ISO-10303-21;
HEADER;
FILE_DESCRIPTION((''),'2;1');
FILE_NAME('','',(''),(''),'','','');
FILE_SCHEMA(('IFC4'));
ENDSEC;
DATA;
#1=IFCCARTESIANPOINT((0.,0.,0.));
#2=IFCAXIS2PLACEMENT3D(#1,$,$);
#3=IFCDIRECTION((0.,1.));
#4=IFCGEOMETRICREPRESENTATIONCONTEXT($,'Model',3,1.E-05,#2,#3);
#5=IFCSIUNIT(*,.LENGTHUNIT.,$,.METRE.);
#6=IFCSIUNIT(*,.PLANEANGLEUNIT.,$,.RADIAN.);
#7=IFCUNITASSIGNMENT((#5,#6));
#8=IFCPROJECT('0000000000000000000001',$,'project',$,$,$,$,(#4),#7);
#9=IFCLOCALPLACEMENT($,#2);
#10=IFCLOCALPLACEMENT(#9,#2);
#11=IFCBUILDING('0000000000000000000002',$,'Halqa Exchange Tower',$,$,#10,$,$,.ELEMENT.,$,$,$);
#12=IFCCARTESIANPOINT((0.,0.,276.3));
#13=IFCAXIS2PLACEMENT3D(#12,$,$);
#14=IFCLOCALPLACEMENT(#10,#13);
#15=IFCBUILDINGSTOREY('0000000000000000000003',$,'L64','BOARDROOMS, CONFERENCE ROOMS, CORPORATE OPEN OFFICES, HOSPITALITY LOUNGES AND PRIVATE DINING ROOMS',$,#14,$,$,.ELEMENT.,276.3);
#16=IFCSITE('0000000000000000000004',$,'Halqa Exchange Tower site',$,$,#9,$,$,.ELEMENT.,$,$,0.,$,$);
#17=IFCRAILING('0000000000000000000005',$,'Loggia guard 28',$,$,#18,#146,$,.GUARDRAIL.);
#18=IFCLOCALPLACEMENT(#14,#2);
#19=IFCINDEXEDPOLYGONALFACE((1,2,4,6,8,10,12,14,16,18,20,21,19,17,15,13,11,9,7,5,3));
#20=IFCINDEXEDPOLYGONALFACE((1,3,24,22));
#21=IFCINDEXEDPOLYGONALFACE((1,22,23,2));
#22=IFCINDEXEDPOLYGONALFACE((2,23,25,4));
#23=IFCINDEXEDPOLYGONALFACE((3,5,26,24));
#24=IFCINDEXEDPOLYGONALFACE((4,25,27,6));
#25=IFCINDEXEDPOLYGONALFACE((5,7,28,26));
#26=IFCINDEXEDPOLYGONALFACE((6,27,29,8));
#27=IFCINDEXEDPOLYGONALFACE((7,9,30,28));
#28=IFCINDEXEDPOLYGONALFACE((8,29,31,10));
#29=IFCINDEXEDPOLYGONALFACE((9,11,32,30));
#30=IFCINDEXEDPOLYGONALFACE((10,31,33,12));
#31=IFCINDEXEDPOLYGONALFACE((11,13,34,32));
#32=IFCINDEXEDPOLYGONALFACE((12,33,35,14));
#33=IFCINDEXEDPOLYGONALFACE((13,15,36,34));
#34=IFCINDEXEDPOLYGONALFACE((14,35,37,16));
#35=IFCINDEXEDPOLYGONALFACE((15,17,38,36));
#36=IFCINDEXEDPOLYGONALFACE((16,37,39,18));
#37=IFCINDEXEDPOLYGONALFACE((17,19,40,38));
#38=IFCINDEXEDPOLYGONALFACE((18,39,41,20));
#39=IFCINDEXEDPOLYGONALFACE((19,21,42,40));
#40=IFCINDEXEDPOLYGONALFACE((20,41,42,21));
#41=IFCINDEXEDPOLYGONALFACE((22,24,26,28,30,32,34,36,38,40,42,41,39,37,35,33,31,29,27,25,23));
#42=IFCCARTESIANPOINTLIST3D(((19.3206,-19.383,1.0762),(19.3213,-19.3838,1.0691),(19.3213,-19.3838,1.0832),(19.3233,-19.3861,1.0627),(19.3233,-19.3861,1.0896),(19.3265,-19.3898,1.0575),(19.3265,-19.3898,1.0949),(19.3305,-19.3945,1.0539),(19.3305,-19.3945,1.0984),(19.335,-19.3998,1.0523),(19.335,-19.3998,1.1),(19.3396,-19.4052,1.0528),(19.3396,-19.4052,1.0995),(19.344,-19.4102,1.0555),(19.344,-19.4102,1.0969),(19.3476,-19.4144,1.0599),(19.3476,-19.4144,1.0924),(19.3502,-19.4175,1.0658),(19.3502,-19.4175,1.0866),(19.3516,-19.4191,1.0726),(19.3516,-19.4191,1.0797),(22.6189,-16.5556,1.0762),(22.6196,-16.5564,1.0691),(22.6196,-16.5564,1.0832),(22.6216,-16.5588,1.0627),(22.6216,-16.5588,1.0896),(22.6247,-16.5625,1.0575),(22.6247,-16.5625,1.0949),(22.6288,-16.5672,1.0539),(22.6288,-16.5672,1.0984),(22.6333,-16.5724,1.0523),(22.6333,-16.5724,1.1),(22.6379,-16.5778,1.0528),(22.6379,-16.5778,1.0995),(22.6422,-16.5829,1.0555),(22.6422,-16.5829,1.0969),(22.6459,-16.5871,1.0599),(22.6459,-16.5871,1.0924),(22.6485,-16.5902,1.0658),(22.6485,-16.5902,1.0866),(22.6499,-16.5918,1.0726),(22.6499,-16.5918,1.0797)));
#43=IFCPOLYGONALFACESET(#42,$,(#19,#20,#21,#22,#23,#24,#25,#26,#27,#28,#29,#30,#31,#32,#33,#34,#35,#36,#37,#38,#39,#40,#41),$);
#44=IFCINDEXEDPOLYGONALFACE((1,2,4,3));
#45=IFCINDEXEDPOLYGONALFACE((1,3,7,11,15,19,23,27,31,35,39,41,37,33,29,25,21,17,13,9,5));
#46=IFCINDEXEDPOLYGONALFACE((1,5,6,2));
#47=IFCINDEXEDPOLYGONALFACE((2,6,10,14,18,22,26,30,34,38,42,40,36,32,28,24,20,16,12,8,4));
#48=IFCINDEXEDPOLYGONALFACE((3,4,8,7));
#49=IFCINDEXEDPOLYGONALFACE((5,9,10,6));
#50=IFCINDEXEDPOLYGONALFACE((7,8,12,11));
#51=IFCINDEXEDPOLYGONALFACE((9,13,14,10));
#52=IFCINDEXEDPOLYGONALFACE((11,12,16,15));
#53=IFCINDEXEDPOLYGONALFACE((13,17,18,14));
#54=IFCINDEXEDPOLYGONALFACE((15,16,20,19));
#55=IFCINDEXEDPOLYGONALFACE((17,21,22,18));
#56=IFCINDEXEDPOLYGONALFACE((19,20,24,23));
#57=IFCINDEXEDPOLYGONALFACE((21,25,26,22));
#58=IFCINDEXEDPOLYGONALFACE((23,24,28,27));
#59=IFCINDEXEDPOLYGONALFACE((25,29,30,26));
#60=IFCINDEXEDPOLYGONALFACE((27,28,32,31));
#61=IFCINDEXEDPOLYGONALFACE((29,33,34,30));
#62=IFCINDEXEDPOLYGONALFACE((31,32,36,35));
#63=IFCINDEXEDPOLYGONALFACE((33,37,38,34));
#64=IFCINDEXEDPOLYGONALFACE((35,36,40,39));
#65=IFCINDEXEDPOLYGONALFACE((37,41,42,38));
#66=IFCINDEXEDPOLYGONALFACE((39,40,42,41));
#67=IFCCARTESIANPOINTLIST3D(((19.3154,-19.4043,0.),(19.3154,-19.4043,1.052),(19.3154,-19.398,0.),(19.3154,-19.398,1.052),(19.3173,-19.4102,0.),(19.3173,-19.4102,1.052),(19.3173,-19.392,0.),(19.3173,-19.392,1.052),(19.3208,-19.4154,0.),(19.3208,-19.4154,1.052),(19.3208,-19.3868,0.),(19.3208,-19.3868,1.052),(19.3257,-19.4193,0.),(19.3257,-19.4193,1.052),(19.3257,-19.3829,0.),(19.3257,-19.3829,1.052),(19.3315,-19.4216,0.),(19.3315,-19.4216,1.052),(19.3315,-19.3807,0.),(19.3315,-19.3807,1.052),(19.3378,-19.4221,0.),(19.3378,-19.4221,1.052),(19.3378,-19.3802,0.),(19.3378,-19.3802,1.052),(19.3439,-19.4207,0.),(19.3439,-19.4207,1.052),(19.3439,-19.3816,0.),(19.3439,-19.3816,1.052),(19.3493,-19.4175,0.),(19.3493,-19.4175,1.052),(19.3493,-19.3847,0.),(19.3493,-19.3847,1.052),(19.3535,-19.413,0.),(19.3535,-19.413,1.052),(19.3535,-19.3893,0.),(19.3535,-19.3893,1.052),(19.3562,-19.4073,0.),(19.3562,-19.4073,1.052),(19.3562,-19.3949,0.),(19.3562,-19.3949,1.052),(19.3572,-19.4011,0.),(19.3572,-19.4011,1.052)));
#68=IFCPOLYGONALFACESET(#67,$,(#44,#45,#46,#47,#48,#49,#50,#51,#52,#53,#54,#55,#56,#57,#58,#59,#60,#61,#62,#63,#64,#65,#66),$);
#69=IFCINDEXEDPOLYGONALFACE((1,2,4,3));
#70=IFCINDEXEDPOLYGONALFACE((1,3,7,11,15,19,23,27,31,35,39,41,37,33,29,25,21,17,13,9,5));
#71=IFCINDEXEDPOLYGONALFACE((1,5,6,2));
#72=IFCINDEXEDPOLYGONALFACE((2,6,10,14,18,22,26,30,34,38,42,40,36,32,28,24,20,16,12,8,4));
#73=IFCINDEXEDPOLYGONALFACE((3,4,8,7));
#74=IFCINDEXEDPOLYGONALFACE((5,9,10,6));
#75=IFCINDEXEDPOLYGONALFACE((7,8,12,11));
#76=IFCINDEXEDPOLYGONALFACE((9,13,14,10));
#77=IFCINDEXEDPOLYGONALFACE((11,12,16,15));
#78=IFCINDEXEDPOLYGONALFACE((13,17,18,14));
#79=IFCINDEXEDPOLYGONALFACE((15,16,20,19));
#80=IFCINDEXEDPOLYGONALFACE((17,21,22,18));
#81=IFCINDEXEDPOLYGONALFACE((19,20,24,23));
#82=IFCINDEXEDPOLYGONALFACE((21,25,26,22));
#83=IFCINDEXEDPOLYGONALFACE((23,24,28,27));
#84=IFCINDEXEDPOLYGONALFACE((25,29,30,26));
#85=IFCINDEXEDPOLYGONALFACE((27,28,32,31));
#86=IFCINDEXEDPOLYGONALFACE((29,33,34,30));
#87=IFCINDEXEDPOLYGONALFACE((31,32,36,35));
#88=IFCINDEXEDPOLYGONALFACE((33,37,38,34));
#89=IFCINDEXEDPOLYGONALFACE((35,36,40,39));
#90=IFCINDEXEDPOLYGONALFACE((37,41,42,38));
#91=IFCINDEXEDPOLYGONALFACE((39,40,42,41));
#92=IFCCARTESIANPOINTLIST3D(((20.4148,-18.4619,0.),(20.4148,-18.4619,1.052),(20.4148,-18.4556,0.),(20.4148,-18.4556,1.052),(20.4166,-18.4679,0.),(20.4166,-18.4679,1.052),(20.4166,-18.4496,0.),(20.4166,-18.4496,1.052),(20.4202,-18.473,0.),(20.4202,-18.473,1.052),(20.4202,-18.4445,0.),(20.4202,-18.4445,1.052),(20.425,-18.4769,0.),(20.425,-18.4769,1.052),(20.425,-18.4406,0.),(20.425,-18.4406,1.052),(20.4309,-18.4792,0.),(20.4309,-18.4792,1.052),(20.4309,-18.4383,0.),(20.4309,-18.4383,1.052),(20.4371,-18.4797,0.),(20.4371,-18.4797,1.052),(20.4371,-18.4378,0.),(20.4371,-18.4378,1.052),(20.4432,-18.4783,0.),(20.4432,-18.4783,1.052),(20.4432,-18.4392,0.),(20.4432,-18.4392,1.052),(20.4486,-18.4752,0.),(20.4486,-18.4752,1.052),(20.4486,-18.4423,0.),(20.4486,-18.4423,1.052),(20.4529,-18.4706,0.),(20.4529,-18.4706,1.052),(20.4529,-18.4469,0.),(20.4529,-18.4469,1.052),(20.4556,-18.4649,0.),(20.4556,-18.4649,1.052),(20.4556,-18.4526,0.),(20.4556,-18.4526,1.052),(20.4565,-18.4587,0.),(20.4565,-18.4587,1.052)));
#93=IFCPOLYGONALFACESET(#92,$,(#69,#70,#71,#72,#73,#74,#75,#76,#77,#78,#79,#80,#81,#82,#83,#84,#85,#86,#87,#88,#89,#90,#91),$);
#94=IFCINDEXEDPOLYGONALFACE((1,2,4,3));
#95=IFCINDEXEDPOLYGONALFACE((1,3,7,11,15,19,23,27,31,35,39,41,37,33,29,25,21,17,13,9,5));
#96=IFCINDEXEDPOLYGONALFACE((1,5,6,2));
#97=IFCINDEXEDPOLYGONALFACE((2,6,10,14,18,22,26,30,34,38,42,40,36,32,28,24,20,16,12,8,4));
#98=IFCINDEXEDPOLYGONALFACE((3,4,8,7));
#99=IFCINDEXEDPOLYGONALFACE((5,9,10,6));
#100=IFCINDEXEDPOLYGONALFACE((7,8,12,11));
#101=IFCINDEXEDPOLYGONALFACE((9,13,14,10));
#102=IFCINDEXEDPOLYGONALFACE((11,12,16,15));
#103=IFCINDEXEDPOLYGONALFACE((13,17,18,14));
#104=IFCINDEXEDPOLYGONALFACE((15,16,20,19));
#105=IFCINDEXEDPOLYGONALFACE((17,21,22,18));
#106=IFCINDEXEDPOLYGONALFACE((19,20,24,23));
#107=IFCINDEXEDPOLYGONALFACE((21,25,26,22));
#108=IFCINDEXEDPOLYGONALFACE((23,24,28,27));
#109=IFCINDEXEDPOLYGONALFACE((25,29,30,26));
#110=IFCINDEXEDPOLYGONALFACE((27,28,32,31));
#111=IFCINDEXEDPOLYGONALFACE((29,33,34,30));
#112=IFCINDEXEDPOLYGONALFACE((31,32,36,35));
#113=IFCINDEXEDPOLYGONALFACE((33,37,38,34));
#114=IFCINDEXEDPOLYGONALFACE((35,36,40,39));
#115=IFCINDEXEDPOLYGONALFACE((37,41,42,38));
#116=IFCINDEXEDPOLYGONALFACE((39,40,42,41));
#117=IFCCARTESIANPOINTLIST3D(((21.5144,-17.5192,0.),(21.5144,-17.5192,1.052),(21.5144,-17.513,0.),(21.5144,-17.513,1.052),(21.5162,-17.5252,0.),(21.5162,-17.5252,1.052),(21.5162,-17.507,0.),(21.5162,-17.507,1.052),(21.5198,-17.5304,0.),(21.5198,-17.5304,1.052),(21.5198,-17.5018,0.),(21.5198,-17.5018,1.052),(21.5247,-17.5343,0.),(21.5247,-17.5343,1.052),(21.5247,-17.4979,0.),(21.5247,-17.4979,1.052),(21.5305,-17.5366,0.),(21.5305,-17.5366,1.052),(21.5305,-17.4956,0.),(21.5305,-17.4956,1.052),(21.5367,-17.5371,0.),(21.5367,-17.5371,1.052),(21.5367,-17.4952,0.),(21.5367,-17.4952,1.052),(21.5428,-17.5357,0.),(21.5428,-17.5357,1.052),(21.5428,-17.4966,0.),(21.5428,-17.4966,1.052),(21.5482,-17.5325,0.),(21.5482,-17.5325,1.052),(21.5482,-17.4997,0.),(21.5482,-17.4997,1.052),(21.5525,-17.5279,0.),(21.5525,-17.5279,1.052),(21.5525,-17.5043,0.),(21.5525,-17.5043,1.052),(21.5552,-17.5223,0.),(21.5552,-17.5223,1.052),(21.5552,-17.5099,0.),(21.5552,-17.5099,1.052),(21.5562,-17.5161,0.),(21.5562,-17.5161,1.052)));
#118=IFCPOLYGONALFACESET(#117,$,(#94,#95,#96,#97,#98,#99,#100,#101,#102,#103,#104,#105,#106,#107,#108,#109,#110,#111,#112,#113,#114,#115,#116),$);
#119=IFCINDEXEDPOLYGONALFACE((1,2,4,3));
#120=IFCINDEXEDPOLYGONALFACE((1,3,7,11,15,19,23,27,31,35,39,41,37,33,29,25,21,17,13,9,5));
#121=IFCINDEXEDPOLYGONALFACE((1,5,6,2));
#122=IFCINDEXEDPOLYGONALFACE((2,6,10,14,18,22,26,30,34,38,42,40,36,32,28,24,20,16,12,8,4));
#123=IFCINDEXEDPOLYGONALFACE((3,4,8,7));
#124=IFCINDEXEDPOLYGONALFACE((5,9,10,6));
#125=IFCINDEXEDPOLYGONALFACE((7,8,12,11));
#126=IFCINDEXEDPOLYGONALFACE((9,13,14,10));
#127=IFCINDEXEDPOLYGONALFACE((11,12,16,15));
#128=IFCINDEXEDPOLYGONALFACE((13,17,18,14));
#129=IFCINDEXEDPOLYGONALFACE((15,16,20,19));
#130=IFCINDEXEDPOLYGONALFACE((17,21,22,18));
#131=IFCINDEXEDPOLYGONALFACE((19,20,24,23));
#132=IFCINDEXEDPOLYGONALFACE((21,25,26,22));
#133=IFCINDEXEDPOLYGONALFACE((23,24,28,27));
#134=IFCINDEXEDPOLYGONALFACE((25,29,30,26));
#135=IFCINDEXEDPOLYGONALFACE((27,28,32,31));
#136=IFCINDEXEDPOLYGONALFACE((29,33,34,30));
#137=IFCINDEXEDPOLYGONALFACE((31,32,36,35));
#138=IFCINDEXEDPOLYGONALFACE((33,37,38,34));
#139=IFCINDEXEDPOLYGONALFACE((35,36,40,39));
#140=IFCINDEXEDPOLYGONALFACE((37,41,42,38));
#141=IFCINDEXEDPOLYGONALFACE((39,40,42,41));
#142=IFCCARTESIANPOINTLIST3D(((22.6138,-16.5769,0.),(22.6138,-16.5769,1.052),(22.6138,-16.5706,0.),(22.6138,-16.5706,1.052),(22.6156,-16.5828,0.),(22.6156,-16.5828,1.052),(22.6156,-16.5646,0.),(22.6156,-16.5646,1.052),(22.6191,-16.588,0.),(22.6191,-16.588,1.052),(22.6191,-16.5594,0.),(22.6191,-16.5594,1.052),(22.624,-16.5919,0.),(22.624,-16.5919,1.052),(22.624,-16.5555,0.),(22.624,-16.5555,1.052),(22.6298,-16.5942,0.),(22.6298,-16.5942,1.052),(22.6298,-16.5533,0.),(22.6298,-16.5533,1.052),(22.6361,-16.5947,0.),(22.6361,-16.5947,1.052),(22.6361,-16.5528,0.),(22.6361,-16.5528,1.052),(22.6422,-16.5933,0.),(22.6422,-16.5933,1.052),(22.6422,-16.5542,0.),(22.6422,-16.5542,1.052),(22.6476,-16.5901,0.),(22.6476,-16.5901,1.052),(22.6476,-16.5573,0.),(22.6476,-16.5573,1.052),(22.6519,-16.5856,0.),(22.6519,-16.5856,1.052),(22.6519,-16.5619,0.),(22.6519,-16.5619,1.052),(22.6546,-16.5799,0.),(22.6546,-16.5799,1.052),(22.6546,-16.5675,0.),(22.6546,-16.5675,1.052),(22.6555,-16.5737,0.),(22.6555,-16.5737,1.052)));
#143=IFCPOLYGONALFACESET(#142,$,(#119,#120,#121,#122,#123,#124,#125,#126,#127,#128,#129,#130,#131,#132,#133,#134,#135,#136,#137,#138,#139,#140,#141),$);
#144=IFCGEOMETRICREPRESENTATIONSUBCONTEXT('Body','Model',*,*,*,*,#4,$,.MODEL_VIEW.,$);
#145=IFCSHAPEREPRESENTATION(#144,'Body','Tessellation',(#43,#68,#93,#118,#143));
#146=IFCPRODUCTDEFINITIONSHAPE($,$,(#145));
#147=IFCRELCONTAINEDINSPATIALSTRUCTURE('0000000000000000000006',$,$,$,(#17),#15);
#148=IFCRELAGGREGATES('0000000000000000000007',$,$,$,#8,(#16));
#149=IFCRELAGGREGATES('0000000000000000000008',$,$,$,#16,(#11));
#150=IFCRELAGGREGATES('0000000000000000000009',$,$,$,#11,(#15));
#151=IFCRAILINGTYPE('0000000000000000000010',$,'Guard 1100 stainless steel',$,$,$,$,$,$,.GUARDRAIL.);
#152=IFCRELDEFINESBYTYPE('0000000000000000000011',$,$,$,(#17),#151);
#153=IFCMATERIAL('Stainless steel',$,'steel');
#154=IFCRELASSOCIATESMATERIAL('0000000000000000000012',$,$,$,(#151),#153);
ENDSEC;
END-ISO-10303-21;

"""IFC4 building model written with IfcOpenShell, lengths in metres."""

from ifc_helpers import new_model, si_unit, direction, frame, origin, origin_2d, place, context, subcontext, project, spatial, circle, extrude, material, type_object, element, save


model = new_model("IFC4")

# Units and contexts
model_context = context("Model", 3, precision=1e-05, world=origin(), true_north=direction((0.0, 1.0)))
body_context = subcontext(model_context, "Body", "Model", "MODEL_VIEW")
ifc_project = project(units=[si_unit("LENGTHUNIT", "METRE"), si_unit("PLANEANGLEUNIT", "RADIAN")], contexts=[model_context])

# Site, building, storey
site_placement = place(None, origin())
site = spatial("IfcSite", under=ifc_project, at=site_placement, Name="Halqa Exchange Tower site", CompositionType="ELEMENT", RefElevation=0.0)
building_placement = place(site_placement, origin())
building = spatial("IfcBuilding", under=site, at=building_placement, Name="Halqa Exchange Tower", CompositionType="ELEMENT")
storey_placement = place(building_placement, frame((0.0, 0.0, 276.3)))
storey = spatial("IfcBuildingStorey", under=building, at=storey_placement, Name="L64", Description="BOARDROOMS, CONFERENCE ROOMS, CORPORATE OPEN OFFICES, HOSPITALITY LOUNGES AND PRIVATE DINING ROOMS", CompositionType="ELEMENT", Elevation=276.3)

# Railing
ifc_material_1 = material(Name="Stainless steel", Category="steel")
railing_type = type_object("IfcRailingType", Name="Guard 1100 stainless steel", PredefinedType="GUARDRAIL", material=ifc_material_1)
railing_1_placement = place(storey_placement, frame((19.3362, -19.4011, 0.0)))
element("IfcRailing", 1, at=railing_1_placement, inside=storey, type_object=railing_type, Name="Loggia guard 28", PredefinedType="GUARDRAIL", context=body_context, shape_type="SweptSolid", body=[
    extrude(circle(Radius=0.0239, at=origin_2d()), frame((0.0, 0.0, 1.0762), z_axis=(0.759229, 0.650824, 0.0), x_axis=(-0.650824, 0.759229, 0.0)), (0.0, 0.0, 1.0), 4.3442),
    extrude(circle(Radius=0.021, at=origin_2d()), origin(), (0.0, 0.0, 1.0), 1.052),
    extrude(circle(Radius=0.021, at=origin_2d()), frame((1.0994, 0.9424, 0.0)), (0.0, 0.0, 1.0), 1.052),
    extrude(circle(Radius=0.021, at=origin_2d()), frame((2.199, 1.885, 0.0)), (0.0, 0.0, 1.0), 1.052),
    extrude(circle(Radius=0.021, at=origin_2d()), frame((3.2983, 2.8274, 0.0)), (0.0, 0.0, 1.0), 1.052),
])

save(model, "model.ifc")
